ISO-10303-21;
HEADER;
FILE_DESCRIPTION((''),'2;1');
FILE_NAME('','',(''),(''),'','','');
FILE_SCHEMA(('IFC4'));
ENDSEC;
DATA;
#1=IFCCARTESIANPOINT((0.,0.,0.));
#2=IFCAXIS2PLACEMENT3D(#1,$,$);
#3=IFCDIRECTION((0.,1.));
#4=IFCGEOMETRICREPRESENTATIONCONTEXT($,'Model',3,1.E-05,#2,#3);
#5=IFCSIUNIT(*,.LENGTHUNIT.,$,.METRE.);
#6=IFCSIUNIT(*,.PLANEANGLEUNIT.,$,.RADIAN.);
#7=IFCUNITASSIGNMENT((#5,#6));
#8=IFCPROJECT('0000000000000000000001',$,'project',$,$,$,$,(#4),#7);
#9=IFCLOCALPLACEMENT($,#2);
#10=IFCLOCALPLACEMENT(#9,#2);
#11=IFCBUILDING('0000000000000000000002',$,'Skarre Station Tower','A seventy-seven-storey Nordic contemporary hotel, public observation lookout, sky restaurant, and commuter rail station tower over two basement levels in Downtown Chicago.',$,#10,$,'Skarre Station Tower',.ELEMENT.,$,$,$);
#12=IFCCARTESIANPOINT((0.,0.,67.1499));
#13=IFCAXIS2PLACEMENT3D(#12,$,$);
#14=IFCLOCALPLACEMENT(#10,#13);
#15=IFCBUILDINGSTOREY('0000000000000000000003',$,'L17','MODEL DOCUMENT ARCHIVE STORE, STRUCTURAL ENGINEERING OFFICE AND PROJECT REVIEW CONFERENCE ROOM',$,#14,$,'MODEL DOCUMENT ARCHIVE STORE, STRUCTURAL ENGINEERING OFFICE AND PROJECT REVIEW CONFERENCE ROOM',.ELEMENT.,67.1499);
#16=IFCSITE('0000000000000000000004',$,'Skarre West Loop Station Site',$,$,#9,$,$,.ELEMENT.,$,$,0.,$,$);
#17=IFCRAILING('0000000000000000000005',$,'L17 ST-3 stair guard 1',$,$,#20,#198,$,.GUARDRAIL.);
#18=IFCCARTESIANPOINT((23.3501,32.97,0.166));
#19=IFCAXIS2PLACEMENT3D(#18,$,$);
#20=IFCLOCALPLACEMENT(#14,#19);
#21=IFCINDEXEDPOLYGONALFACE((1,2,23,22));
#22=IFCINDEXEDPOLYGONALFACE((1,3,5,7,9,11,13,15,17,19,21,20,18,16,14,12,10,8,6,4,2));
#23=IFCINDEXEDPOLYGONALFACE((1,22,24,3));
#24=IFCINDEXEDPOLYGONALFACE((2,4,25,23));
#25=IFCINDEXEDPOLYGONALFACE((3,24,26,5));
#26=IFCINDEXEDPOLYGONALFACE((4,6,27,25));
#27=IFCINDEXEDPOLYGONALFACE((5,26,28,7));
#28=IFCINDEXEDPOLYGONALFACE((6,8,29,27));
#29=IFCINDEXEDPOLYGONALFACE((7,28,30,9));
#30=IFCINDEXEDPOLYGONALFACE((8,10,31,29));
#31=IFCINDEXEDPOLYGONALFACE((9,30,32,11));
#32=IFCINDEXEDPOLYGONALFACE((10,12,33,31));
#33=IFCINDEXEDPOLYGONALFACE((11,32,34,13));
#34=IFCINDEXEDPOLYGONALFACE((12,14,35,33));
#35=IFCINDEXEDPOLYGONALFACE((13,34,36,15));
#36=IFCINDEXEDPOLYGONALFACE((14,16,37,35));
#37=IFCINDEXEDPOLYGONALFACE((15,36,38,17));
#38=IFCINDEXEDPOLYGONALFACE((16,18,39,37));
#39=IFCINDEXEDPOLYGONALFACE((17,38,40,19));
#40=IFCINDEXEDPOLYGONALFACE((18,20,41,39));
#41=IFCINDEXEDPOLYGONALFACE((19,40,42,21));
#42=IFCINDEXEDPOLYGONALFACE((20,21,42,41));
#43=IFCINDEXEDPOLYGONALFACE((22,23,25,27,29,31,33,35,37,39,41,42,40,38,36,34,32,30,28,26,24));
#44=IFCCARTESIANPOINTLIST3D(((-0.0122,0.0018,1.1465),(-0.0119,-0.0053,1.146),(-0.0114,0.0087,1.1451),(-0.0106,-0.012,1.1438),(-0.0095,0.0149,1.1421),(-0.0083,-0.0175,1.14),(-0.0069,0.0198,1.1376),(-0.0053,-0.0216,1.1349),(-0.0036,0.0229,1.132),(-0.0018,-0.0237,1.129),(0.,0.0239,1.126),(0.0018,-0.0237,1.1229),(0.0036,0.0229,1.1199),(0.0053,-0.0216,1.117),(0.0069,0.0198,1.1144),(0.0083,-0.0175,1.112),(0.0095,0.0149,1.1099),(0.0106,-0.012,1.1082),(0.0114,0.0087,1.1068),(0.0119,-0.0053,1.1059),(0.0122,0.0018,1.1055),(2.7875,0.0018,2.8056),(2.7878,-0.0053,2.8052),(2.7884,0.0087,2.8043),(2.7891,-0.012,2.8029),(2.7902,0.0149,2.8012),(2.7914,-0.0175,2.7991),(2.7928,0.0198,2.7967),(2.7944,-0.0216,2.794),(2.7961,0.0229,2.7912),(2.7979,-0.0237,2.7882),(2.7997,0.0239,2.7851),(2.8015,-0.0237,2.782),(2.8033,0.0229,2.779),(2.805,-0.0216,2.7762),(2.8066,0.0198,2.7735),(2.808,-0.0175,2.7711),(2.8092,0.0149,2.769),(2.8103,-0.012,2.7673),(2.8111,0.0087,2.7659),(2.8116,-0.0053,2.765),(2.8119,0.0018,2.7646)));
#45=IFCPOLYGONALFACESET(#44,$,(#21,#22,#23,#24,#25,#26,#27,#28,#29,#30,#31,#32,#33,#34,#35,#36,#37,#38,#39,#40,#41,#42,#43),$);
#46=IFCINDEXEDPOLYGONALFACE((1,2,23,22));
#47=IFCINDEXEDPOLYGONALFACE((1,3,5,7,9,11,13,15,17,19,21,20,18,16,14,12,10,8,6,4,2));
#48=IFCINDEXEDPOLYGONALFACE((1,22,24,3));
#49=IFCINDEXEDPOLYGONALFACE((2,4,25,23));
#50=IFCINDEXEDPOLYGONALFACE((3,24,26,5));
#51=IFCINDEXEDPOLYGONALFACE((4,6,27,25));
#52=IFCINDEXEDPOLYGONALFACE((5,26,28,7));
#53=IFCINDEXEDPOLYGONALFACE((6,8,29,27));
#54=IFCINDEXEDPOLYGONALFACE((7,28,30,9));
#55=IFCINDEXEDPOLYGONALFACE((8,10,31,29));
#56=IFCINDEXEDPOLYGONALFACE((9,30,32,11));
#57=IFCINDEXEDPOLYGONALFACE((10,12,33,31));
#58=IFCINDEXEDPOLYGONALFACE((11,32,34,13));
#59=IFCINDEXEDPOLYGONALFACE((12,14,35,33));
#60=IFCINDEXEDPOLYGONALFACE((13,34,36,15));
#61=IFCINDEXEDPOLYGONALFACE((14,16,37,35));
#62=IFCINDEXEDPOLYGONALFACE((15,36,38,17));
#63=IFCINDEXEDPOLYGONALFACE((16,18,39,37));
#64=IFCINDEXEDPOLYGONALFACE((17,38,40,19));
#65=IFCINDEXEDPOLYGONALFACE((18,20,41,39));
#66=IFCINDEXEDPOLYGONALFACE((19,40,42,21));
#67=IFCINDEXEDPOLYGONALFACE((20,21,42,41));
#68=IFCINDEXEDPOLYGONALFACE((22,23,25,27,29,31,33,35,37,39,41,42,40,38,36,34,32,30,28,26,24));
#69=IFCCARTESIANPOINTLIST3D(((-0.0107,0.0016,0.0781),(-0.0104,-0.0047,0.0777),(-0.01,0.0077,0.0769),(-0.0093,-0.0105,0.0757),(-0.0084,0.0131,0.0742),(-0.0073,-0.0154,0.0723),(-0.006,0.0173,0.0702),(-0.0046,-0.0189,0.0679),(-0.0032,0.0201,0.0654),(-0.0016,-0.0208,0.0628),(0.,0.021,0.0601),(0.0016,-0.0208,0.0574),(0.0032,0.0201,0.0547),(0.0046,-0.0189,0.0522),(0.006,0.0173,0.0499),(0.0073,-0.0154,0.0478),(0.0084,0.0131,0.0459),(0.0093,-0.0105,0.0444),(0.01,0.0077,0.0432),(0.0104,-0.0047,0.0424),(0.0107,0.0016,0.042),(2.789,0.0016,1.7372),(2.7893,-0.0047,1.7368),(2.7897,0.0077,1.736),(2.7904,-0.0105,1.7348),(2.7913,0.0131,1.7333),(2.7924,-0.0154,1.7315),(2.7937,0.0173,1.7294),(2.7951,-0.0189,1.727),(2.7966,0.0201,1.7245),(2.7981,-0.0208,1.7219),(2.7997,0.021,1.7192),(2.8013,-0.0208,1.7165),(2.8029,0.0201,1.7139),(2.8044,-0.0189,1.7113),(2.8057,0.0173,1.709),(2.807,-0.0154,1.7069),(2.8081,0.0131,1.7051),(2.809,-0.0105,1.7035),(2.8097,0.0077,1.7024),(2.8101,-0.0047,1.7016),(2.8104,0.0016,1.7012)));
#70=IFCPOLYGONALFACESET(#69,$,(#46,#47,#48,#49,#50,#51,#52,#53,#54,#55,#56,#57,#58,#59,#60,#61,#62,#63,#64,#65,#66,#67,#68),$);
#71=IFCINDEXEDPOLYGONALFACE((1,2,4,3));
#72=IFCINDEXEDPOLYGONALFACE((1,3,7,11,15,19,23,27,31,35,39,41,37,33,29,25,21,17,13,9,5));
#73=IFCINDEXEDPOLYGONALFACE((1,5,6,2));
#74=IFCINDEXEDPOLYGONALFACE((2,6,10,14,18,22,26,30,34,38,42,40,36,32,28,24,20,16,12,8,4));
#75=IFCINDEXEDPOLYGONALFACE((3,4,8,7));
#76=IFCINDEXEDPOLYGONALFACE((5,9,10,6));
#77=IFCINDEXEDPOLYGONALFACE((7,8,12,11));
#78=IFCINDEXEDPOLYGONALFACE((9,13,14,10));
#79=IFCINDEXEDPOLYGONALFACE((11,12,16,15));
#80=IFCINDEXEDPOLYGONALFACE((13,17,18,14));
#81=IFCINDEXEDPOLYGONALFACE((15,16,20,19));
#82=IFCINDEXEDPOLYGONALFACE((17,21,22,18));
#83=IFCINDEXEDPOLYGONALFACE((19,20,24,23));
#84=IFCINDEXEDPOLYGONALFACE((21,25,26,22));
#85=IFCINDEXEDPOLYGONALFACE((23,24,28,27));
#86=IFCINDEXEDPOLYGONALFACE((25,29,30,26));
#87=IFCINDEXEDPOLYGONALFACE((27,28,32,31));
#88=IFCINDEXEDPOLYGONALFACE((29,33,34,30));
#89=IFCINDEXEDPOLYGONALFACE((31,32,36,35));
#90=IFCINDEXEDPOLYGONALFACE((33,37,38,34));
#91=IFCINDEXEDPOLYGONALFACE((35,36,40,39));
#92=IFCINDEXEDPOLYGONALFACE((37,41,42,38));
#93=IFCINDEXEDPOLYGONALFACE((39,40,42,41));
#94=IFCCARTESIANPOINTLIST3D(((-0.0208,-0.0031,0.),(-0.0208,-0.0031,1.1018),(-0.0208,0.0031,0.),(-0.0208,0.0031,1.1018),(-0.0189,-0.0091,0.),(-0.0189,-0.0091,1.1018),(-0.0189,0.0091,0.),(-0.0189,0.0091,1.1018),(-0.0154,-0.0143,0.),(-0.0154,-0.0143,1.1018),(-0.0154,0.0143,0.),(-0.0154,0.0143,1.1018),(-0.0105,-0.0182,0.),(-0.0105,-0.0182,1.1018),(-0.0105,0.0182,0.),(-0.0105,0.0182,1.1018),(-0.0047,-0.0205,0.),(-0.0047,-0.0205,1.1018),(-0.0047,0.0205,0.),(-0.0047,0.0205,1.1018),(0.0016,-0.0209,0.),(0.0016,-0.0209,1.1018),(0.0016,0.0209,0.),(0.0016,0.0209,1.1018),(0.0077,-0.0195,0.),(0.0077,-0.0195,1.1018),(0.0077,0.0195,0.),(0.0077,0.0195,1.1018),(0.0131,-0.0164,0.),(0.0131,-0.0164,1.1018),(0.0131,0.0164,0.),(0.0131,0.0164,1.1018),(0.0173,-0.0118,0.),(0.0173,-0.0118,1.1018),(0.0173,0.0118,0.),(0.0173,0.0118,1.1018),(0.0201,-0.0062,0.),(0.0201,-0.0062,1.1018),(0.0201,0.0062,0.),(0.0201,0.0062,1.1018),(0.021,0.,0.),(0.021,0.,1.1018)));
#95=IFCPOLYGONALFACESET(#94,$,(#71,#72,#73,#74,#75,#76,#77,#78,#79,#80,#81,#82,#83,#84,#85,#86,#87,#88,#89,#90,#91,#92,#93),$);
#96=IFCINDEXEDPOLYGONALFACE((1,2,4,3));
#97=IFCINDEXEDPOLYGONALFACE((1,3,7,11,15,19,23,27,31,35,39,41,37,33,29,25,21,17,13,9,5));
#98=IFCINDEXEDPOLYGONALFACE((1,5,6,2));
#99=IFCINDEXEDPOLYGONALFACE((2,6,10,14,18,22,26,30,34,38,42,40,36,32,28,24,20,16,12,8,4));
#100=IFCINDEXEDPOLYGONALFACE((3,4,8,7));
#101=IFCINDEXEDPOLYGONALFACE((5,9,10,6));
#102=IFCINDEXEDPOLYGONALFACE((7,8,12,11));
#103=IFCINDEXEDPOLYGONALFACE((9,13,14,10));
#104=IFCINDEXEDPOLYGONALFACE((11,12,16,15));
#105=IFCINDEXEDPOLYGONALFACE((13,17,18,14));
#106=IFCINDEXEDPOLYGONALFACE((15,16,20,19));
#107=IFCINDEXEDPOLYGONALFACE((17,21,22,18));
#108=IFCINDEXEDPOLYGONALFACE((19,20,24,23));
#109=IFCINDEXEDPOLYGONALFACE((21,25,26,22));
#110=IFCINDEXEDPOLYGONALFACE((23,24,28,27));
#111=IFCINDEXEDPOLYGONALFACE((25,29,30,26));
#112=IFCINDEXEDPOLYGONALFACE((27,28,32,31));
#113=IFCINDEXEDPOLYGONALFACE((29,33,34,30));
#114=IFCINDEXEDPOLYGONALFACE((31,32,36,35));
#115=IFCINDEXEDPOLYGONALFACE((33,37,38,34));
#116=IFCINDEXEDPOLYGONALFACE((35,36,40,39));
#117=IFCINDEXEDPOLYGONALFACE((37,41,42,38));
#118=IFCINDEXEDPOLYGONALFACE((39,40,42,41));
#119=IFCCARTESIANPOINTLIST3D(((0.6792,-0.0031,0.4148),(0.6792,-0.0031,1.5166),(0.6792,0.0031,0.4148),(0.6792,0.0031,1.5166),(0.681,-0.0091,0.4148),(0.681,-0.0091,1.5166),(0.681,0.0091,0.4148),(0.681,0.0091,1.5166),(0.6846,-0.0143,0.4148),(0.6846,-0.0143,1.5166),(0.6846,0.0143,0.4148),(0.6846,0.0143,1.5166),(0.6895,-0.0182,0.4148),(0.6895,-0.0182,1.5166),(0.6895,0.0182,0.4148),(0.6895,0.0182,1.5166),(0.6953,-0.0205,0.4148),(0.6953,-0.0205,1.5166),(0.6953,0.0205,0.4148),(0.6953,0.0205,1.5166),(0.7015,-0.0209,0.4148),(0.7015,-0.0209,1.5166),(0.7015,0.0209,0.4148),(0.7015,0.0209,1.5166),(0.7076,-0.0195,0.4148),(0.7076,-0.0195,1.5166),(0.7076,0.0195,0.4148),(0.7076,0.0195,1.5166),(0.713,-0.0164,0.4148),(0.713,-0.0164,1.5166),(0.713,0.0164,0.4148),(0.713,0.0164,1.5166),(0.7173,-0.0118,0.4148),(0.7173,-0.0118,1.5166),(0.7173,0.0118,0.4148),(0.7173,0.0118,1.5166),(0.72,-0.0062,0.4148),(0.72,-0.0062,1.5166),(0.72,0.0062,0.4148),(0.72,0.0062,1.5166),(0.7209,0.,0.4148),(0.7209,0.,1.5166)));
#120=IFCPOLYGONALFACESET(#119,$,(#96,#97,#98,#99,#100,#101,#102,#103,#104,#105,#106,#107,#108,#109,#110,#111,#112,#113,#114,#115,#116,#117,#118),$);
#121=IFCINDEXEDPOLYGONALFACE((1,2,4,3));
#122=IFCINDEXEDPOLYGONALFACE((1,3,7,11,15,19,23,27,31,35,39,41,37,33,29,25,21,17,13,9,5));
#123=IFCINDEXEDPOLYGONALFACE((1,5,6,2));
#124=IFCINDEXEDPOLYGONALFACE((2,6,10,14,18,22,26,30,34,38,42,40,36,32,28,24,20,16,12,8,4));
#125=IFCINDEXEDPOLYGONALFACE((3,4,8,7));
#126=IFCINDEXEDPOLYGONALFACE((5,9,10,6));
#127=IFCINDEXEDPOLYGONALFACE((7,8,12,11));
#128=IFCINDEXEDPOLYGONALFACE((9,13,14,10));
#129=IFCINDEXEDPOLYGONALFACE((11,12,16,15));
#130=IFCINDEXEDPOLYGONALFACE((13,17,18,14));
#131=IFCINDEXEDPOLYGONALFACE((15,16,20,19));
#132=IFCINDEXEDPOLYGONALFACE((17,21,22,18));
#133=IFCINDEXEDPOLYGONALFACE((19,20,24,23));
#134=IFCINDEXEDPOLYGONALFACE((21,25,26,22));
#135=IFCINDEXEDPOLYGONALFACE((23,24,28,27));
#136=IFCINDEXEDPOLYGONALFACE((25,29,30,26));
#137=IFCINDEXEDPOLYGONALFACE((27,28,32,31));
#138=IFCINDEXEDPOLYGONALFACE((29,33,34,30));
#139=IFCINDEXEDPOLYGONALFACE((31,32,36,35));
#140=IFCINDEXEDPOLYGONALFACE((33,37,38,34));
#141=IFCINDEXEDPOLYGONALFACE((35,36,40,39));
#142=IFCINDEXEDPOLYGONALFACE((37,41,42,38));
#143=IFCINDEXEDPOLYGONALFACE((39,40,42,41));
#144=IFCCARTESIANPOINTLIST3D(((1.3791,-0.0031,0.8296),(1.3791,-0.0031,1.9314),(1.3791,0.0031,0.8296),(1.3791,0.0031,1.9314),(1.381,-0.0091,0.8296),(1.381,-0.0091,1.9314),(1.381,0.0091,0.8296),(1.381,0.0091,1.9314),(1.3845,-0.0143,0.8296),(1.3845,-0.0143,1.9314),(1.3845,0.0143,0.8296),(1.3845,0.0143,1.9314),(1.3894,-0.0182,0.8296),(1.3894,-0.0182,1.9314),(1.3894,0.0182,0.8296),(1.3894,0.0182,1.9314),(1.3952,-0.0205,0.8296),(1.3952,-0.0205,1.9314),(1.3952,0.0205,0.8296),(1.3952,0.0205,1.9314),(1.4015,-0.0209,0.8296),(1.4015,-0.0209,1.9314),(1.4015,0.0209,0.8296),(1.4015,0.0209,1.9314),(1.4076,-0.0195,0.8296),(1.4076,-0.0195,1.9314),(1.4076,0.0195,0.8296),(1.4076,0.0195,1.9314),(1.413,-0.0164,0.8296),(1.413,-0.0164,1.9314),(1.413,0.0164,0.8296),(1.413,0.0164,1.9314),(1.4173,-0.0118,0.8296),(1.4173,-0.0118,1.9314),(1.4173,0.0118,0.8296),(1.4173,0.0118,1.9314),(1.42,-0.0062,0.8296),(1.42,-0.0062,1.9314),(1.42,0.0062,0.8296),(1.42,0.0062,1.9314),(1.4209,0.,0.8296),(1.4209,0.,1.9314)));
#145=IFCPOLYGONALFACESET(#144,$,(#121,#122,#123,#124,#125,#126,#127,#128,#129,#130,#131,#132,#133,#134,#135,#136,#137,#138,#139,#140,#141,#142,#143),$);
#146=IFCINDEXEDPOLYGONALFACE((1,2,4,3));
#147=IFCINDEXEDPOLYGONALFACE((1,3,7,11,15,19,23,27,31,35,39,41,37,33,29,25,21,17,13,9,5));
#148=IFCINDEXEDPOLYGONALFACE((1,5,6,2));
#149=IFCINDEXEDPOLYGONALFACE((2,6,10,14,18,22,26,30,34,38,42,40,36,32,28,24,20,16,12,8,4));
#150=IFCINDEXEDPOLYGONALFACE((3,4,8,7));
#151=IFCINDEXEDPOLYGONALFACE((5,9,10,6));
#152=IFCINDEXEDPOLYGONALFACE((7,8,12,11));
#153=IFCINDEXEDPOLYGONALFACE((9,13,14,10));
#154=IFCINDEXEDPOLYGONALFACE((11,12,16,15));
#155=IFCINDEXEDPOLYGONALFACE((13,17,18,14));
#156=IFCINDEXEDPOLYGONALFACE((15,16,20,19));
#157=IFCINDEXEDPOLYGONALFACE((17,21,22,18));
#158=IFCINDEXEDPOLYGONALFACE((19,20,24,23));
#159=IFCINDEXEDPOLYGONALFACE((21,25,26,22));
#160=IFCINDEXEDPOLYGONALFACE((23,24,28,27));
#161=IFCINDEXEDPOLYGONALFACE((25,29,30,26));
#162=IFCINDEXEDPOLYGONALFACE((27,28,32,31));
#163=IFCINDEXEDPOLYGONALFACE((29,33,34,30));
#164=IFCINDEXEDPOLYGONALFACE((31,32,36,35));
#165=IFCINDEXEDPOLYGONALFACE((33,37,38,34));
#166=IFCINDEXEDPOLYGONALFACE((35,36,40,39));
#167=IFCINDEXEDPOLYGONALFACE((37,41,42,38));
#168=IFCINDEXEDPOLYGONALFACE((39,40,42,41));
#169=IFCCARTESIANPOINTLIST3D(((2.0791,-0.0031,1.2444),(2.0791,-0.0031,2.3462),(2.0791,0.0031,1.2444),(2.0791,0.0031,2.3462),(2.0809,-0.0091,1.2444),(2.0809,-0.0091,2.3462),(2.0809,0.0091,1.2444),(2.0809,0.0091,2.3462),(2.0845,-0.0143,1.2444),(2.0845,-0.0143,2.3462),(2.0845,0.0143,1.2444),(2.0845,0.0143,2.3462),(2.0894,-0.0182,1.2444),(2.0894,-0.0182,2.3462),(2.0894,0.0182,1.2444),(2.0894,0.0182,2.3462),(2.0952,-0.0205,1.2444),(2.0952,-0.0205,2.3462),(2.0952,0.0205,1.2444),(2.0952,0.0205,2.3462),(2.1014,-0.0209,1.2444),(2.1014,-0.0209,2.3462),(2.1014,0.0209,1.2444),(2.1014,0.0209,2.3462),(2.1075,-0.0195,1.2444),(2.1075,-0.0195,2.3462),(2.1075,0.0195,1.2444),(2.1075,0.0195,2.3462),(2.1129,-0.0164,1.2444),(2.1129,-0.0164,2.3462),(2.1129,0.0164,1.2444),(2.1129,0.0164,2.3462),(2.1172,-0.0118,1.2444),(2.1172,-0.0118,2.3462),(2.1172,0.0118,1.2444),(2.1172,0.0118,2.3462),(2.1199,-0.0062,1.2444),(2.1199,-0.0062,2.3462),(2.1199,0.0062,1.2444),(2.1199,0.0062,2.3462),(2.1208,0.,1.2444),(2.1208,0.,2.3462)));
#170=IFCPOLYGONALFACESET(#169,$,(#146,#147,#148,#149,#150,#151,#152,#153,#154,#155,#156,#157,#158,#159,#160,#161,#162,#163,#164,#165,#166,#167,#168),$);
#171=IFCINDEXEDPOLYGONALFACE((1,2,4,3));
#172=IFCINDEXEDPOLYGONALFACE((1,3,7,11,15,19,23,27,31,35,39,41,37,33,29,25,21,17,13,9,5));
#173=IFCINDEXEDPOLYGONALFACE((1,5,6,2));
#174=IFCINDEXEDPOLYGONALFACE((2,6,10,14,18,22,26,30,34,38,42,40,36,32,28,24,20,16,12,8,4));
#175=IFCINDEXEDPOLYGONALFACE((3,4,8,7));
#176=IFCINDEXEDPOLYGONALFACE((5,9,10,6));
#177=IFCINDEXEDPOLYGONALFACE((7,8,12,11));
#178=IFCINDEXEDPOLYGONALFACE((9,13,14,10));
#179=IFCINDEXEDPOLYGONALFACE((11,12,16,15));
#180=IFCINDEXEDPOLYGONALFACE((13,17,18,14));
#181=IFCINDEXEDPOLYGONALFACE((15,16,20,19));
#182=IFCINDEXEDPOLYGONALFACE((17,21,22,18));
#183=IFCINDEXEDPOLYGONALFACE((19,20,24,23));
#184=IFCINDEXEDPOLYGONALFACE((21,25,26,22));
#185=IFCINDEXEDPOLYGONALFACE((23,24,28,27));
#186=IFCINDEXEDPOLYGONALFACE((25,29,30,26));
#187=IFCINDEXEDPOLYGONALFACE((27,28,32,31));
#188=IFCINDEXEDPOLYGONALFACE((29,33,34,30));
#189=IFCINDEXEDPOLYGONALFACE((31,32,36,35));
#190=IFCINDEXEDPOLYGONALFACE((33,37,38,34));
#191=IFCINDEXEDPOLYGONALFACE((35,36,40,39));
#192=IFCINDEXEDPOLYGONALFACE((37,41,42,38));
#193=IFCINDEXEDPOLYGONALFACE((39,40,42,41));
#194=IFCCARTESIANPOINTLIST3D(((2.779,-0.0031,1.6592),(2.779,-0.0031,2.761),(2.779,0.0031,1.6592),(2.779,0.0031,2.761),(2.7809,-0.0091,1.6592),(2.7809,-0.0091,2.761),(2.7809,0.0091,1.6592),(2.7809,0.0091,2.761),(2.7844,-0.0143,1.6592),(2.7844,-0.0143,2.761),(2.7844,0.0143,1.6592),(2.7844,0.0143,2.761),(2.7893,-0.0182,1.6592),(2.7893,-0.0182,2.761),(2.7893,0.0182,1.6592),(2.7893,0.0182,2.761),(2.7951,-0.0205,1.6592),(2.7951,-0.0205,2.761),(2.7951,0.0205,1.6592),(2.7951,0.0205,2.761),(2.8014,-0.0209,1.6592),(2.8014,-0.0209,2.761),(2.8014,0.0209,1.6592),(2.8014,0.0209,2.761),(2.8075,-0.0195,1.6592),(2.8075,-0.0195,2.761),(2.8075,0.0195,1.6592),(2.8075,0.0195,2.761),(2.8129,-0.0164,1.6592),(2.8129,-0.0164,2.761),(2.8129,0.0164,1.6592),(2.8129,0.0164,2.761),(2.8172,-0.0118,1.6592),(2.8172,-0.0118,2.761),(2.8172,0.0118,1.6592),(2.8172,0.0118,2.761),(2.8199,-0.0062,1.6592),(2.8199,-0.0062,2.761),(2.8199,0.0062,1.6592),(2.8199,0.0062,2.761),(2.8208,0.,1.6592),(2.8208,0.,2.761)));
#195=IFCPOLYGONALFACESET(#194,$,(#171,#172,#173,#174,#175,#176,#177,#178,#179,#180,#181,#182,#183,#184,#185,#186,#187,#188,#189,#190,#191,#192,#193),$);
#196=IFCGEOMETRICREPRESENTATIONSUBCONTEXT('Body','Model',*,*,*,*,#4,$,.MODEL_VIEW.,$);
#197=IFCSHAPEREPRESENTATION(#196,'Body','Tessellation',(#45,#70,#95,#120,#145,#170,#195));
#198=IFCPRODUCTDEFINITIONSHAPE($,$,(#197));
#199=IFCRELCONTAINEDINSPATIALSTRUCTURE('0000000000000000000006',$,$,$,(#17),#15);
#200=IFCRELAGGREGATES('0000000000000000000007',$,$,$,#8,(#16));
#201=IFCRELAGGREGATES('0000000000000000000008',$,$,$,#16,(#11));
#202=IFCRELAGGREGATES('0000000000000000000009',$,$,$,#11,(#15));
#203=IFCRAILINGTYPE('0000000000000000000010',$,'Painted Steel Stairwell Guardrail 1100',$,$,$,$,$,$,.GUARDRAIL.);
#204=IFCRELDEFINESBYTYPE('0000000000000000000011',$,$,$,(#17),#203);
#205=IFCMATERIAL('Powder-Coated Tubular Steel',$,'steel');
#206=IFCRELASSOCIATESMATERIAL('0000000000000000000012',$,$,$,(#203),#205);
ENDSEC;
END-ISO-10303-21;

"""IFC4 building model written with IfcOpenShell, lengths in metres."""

from ifc_helpers import new_model, si_unit, direction, frame, origin, origin_2d, place, context, subcontext, project, spatial, circle, extrude, material, type_object, element, save


model = new_model("IFC4")

# Units and contexts
model_context = context("Model", 3, precision=1e-05, world=origin(), true_north=direction((0.0, 1.0)))
body_context = subcontext(model_context, "Body", "Model", "MODEL_VIEW")
ifc_project = project(units=[si_unit("LENGTHUNIT", "METRE"), si_unit("PLANEANGLEUNIT", "RADIAN")], contexts=[model_context])

# Site, building, storey
site_placement = place(None, origin())
site = spatial("IfcSite", under=ifc_project, at=site_placement, Name="Skarre West Loop Station Site", CompositionType="ELEMENT", RefElevation=0.0)
building_placement = place(site_placement, origin())
building = spatial("IfcBuilding", under=site, at=building_placement, Name="Skarre Station Tower", Description="A seventy-seven-storey Nordic contemporary hotel, public observation lookout, sky restaurant, and commuter rail station tower over two basement levels in Downtown Chicago.", LongName="Skarre Station Tower", CompositionType="ELEMENT")
storey_placement = place(building_placement, frame((0.0, 0.0, 67.1499)))
storey = spatial("IfcBuildingStorey", under=building, at=storey_placement, Name="L17", Description="MODEL DOCUMENT ARCHIVE STORE, STRUCTURAL ENGINEERING OFFICE AND PROJECT REVIEW CONFERENCE ROOM", LongName="MODEL DOCUMENT ARCHIVE STORE, STRUCTURAL ENGINEERING OFFICE AND PROJECT REVIEW CONFERENCE ROOM", CompositionType="ELEMENT", Elevation=67.1499)

# Railing
ifc_material_1 = material(Name="Powder-Coated Tubular Steel", Category="steel")
railing_type_1 = type_object("IfcRailingType", Name="Painted Steel Stairwell Guardrail 1100", PredefinedType="GUARDRAIL", material=ifc_material_1)
railing_1_placement = place(storey_placement, frame((23.3501, 32.97, 0.166)))
element("IfcRailing", 1, at=railing_1_placement, inside=storey, type_object=railing_type_1, Name="L17 ST-3 stair guard 1", PredefinedType="GUARDRAIL", context=body_context, shape_type="SweptSolid", body=[
    extrude(circle(Radius=0.0239, at=origin_2d()), frame((0.0, 0.0, 1.126), z_axis=(0.860287, 0.0, 0.509811), x_axis=(0.0, 1.0, 0.0)), (0.0, 0.0, 1.0), 3.2544),
    extrude(circle(Radius=0.021, at=origin_2d()), frame((0.0, 0.0, 0.0601), z_axis=(0.860287, 0.0, 0.509811), x_axis=(0.0, 1.0, 0.0)), (0.0, 0.0, 1.0), 3.2544),
    extrude(circle(Radius=0.021, at=origin_2d()), origin(), (0.0, 0.0, 1.0), 1.1018),
    extrude(circle(Radius=0.021, at=origin_2d()), frame((0.7, 0.0, 0.4148)), (0.0, 0.0, 1.0), 1.1018),
    extrude(circle(Radius=0.021, at=origin_2d()), frame((1.3999, 0.0, 0.8296)), (0.0, 0.0, 1.0), 1.1018),
    extrude(circle(Radius=0.021, at=origin_2d()), frame((2.0999, 0.0, 1.2444)), (0.0, 0.0, 1.0), 1.1018),
    extrude(circle(Radius=0.021, at=origin_2d()), frame((2.7998, 0.0, 1.6592)), (0.0, 0.0, 1.0), 1.1018),
])

save(model, "model.ifc")
